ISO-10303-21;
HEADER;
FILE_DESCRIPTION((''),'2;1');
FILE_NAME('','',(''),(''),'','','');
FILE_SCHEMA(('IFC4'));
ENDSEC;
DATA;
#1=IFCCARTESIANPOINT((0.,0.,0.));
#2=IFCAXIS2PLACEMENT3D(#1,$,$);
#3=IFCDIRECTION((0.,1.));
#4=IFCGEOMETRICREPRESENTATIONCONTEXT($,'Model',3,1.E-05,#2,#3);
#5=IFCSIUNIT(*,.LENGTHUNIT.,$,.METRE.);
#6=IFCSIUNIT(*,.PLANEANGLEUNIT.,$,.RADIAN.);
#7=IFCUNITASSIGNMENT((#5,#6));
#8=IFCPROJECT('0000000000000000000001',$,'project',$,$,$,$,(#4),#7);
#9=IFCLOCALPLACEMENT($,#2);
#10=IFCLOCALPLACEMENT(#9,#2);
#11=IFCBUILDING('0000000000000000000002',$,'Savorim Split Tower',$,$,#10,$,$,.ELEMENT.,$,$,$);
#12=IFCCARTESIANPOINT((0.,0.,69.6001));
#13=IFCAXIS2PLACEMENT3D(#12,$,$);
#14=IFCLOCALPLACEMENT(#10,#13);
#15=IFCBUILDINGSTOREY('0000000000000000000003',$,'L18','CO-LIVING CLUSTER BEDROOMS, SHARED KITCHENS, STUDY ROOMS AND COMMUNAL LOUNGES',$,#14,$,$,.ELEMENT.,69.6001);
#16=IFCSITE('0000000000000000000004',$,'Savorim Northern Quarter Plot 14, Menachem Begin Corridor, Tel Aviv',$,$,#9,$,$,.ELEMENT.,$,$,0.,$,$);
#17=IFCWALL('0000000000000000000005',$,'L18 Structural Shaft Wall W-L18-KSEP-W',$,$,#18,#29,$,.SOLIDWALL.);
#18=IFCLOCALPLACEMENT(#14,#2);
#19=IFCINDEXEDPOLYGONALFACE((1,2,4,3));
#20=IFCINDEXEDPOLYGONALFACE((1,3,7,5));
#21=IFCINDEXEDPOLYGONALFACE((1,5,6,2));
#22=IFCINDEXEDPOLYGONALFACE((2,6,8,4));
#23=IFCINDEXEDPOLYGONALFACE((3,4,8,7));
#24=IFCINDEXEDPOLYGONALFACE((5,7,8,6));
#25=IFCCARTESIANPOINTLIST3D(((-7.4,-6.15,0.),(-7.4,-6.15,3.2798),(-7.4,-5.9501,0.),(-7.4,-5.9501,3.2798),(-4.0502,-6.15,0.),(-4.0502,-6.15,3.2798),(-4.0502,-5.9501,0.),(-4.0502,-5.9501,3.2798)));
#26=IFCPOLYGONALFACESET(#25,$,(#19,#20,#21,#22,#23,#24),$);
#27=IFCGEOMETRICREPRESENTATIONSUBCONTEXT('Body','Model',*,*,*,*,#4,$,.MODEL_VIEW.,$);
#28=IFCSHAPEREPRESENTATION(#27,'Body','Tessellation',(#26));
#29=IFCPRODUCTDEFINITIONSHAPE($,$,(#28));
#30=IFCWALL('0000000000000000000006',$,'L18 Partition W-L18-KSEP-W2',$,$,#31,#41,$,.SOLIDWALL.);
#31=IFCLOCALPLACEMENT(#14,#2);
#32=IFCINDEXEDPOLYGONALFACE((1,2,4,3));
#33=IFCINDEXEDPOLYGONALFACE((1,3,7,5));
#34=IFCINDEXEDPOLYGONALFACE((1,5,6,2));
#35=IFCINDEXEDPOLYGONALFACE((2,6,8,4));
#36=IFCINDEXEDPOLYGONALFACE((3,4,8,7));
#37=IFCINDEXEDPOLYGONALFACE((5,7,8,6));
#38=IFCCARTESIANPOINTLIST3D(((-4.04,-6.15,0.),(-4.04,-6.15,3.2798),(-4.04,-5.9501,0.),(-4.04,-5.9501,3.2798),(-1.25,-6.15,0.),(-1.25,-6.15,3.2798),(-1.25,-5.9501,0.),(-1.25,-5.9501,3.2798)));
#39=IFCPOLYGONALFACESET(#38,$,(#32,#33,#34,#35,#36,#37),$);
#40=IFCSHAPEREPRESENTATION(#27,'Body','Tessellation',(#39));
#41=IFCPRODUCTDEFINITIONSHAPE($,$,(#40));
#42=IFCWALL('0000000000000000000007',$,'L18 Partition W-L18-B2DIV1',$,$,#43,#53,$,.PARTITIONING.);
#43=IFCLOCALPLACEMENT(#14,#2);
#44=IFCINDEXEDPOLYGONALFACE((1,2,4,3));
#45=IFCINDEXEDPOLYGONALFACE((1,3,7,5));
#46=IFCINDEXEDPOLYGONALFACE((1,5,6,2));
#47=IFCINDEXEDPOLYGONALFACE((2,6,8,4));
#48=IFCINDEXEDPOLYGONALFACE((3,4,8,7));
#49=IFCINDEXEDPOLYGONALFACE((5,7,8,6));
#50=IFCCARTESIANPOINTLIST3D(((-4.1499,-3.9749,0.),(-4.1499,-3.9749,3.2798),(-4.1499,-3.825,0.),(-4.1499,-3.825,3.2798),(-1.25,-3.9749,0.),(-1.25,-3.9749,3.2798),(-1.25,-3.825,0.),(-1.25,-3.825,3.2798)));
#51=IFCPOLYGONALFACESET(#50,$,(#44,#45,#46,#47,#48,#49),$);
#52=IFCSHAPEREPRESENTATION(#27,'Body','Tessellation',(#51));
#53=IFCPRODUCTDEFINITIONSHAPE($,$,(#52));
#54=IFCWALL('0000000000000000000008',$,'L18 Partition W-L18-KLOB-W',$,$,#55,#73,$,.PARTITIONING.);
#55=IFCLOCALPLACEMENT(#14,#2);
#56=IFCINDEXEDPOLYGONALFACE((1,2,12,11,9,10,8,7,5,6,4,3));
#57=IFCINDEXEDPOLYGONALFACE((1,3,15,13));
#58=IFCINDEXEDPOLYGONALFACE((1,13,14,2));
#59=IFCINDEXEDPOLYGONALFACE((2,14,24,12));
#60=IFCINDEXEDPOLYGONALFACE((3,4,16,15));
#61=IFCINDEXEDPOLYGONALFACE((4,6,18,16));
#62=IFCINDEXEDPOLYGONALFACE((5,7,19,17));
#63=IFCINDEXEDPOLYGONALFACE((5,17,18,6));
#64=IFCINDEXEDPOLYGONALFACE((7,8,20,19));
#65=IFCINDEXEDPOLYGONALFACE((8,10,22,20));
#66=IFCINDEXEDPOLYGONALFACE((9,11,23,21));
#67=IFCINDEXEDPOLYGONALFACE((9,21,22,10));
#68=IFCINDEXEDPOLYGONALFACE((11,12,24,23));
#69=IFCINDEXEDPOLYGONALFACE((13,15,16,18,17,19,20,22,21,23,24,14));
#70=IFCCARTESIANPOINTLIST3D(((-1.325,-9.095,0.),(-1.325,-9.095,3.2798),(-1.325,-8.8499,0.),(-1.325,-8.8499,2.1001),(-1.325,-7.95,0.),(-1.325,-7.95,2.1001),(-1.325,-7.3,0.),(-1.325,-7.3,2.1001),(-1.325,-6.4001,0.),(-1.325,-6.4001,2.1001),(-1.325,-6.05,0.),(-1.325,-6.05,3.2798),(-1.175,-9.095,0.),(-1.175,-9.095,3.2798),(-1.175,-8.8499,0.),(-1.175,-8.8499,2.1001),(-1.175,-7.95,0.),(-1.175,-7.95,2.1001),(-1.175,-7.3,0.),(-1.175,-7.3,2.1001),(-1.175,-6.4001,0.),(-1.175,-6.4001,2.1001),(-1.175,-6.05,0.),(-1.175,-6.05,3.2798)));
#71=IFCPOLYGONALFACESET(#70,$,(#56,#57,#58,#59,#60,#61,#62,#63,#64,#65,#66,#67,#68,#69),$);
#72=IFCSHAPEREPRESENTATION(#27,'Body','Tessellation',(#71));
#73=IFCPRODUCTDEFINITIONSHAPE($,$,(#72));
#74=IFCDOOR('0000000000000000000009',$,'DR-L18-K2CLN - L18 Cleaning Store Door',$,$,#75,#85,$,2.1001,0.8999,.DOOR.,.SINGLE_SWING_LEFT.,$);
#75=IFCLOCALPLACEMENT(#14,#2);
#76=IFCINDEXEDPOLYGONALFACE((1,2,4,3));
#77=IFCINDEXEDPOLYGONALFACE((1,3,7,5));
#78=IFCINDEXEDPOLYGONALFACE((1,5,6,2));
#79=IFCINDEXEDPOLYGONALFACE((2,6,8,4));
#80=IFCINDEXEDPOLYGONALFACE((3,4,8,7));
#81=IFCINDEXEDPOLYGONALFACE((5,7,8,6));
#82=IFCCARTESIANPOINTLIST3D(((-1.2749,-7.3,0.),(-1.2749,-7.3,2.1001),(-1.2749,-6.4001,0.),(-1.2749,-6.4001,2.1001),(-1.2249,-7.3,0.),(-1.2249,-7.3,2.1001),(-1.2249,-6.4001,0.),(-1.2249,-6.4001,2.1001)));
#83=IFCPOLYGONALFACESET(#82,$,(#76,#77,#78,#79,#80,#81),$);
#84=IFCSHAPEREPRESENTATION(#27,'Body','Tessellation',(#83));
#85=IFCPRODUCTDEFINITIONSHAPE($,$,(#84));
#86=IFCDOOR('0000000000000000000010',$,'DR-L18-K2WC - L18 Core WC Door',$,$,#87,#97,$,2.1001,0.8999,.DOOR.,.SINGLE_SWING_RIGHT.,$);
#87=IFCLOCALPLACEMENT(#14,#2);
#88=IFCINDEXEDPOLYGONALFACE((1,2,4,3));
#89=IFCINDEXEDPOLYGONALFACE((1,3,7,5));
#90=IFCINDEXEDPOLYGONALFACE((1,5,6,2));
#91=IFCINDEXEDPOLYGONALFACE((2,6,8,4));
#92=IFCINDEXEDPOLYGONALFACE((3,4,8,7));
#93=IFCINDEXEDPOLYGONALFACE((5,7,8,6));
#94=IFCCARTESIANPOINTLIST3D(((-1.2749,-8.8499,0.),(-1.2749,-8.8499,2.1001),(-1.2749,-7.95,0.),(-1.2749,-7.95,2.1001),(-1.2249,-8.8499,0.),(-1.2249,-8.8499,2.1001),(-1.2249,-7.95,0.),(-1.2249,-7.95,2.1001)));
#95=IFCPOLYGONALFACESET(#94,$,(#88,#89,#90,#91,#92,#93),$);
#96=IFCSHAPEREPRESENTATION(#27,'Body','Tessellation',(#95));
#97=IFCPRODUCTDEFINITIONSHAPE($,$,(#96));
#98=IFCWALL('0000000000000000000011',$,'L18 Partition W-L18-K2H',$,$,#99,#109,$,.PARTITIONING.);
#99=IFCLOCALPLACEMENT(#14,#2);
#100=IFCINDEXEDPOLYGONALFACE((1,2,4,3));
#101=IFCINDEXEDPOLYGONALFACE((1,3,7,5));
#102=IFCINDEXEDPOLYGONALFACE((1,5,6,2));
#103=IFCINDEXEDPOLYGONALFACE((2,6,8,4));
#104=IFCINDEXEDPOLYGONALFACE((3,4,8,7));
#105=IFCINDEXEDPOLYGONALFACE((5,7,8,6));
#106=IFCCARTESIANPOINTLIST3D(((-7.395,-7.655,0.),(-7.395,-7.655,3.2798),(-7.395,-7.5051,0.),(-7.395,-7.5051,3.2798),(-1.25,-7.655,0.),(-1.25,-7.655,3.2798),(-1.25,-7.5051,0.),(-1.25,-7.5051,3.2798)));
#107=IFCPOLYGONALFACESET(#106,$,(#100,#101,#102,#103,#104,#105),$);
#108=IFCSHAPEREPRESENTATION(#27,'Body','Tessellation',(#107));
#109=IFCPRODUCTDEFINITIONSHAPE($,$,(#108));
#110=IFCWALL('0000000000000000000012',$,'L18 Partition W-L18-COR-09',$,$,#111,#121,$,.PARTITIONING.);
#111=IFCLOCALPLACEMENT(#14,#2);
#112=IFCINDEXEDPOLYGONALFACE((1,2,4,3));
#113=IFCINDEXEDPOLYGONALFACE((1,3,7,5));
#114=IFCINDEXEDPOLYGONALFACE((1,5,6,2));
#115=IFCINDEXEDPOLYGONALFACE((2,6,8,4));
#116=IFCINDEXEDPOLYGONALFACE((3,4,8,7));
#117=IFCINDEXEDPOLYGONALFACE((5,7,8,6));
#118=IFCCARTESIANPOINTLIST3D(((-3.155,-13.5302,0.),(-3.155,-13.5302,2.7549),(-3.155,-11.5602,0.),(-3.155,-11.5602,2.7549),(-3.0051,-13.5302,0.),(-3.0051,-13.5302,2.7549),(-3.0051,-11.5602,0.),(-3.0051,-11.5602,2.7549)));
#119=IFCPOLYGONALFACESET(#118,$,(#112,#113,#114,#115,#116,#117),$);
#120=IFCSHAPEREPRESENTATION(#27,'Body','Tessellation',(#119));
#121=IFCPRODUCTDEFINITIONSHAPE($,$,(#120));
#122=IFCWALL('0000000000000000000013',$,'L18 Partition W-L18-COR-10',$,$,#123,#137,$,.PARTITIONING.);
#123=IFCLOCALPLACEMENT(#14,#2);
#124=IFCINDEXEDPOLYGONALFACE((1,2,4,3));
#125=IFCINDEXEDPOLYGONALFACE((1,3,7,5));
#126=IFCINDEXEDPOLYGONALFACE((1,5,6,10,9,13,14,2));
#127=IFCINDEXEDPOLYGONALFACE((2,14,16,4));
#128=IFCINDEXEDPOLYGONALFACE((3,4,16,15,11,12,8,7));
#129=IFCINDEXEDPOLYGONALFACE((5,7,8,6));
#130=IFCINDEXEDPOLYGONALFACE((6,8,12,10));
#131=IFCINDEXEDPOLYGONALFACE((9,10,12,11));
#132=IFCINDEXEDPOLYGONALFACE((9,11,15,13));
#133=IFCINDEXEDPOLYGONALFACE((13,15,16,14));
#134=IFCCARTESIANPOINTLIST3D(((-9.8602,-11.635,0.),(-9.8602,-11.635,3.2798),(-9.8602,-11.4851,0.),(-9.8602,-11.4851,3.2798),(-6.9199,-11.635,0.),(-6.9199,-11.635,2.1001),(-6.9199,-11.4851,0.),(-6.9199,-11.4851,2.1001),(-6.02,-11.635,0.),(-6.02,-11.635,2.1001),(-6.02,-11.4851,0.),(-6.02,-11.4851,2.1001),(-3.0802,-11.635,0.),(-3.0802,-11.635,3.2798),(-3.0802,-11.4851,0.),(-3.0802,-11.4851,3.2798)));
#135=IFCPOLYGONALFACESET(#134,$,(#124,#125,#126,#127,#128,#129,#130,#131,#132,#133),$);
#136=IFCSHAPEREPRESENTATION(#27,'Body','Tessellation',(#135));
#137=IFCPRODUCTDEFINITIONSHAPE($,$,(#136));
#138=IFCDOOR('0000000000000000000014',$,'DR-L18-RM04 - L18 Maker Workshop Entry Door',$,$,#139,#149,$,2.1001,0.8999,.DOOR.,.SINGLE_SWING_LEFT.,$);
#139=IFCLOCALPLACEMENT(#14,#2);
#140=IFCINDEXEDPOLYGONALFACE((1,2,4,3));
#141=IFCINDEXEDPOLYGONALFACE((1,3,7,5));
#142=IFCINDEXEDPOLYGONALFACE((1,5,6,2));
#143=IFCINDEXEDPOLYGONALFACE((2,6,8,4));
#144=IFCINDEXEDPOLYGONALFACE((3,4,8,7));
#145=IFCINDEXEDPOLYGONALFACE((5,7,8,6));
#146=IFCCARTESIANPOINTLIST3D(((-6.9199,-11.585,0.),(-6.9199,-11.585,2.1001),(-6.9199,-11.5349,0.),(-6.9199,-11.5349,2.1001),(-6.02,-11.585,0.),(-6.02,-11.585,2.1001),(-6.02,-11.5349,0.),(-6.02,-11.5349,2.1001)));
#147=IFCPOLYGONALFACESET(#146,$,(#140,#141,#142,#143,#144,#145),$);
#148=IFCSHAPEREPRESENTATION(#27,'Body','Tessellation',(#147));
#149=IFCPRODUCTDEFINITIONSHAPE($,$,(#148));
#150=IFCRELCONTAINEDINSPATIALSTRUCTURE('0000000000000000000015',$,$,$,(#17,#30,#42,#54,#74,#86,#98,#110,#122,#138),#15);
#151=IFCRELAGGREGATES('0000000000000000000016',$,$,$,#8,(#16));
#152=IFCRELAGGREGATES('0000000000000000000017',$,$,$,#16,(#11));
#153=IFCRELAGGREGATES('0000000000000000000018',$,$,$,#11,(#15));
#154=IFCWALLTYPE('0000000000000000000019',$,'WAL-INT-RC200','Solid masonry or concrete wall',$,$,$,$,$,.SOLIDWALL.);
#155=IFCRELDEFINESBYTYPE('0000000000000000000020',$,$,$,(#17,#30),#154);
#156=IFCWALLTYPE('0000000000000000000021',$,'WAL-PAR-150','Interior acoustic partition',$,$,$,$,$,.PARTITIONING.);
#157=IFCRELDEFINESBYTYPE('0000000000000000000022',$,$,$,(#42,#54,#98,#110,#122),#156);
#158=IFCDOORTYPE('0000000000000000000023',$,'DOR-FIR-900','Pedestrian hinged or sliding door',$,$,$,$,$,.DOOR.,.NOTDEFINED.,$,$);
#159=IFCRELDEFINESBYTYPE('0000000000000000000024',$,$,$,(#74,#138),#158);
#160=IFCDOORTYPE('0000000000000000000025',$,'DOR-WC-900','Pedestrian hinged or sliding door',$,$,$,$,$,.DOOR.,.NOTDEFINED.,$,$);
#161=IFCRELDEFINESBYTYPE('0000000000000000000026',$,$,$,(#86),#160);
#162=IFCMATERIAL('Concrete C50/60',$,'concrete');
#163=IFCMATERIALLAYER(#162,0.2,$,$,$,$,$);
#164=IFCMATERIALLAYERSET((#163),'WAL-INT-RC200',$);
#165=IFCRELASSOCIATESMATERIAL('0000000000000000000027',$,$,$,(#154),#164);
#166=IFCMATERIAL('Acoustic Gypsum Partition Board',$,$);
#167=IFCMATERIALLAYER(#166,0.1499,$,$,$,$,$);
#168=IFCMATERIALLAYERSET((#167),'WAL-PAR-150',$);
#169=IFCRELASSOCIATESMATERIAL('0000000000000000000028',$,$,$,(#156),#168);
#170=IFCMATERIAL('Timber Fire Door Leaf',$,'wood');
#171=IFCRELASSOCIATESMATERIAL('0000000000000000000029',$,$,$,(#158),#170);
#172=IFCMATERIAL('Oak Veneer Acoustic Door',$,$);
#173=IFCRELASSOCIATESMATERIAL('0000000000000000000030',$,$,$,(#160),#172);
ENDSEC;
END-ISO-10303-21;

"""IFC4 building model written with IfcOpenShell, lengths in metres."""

from ifc_helpers import new_model, si_unit, direction, frame, frame_2d, origin, place, context, subcontext, project, spatial, rectangle, extrude, material, layer, layer_set, type_object, element, fill, save


model = new_model("IFC4")

# Units and contexts
model_context = context("Model", 3, precision=1e-05, world=origin(), true_north=direction((0.0, 1.0)))
body_context = subcontext(model_context, "Body", "Model", "MODEL_VIEW")
ifc_project = project(units=[si_unit("LENGTHUNIT", "METRE"), si_unit("PLANEANGLEUNIT", "RADIAN")], contexts=[model_context])

# Site, building, storey
site_placement = place(None, origin())
site = spatial("IfcSite", under=ifc_project, at=site_placement, Name="Savorim Northern Quarter Plot 14, Menachem Begin Corridor, Tel Aviv", CompositionType="ELEMENT", RefElevation=0.0)
building_placement = place(site_placement, origin())
building = spatial("IfcBuilding", under=site, at=building_placement, Name="Savorim Split Tower", CompositionType="ELEMENT")
storey_placement = place(building_placement, frame((0.0, 0.0, 69.6001)))
storey = spatial("IfcBuildingStorey", under=building, at=storey_placement, Name="L18", Description="CO-LIVING CLUSTER BEDROOMS, SHARED KITCHENS, STUDY ROOMS AND COMMUNAL LOUNGES", CompositionType="ELEMENT", Elevation=69.6001)

# Shared definitions
ifc_material_1 = material(Name="Timber Fire Door Leaf", Category="wood")

# Walls
ifc_material_2 = material(Name="Concrete C50/60", Category="concrete")
ifc_layer_1 = layer(ifc_material_2, 0.2)
ifc_layer_set_1 = layer_set([ifc_layer_1], Name="WAL-INT-RC200")
wall_type_1 = type_object("IfcWallType", Name="WAL-INT-RC200", Description="Solid masonry or concrete wall", PredefinedType="SOLIDWALL", material=ifc_layer_set_1)
wall_1_placement = place(storey_placement, frame((-7.3999, -6.05, 0.0), z_axis=(0.0, 0.0, 1.0), x_axis=(1.0, 0.0, 0.0)))
element("IfcWall", 1, at=wall_1_placement, inside=storey, type_object=wall_type_1, Name="L18 Structural Shaft Wall W-L18-KSEP-W", PredefinedType="SOLIDWALL", context=body_context, shape_type="SweptSolid", body=[
    extrude(rectangle(XDim=3.3499, YDim=0.2, at=frame_2d((1.6748, 0.0))), origin(), (0.0, 0.0, 1.0), 3.2798),
])
wall_2_placement = place(storey_placement, frame((-4.04, -6.05, 0.0), z_axis=(0.0, 0.0, 1.0), x_axis=(1.0, 0.0, 0.0)))
element("IfcWall", 2, at=wall_2_placement, inside=storey, type_object=wall_type_1, Name="L18 Partition W-L18-KSEP-W2", PredefinedType="SOLIDWALL", context=body_context, shape_type="SweptSolid", body=[
    extrude(rectangle(XDim=2.79, YDim=0.2, at=frame_2d((1.395, 0.0))), origin(), (0.0, 0.0, 1.0), 3.2798),
])
ifc_material_3 = material(Name="Acoustic Gypsum Partition Board")
ifc_layer_2 = layer(ifc_material_3, 0.1499)
ifc_layer_set_2 = layer_set([ifc_layer_2], Name="WAL-PAR-150")
wall_type_2 = type_object("IfcWallType", Name="WAL-PAR-150", Description="Interior acoustic partition", PredefinedType="PARTITIONING", material=ifc_layer_set_2)
wall_3_placement = place(storey_placement, frame((-4.1499, -3.8999, 0.0), z_axis=(0.0, 0.0, 1.0), x_axis=(1.0, 0.0, 0.0)))
element("IfcWall", 3, at=wall_3_placement, inside=storey, type_object=wall_type_2, Name="L18 Partition W-L18-B2DIV1", PredefinedType="PARTITIONING", context=body_context, shape_type="SweptSolid", body=[
    extrude(rectangle(XDim=2.8999, YDim=0.1499, at=frame_2d((1.45, 0.0))), origin(), (0.0, 0.0, 1.0), 3.2798),
])

# Wall, openings, doors
wall_4_placement = place(storey_placement, frame((-1.25, -9.095, 0.0), z_axis=(0.0, 0.0, 1.0), x_axis=(0.0, 1.0, 0.0)))
wall_4 = element("IfcWall", 4, at=wall_4_placement, inside=storey, type_object=wall_type_2, Name="L18 Partition W-L18-KLOB-W", PredefinedType="PARTITIONING", context=body_context, shape_type="SweptSolid", body=[
    extrude(rectangle(XDim=3.0449, YDim=0.1499, at=frame_2d((1.5225, 0.0))), origin(), (0.0, 0.0, 1.0), 3.2798),
])
opening_1_placement = place(wall_4_placement, frame((1.7949, 0.0, 0.0)))
opening_1 = element("IfcOpeningElement", 5, at=opening_1_placement, cuts=wall_4, PredefinedType="OPENING", context=body_context, shape_type="SweptSolid", body=[
    extrude(rectangle(XDim=0.8999, YDim=2.1001, at=frame_2d((0.45, 1.05))), frame((0.0, 0.085, 0.0), z_axis=(0.0, -1.0, 0.0), x_axis=(1.0, 0.0, 0.0)), (0.0, 0.0, 1.0), 0.1699),
])
opening_2_placement = place(wall_4_placement, frame((0.2451, 0.0, 0.0)))
opening_2 = element("IfcOpeningElement", 6, at=opening_2_placement, cuts=wall_4, PredefinedType="OPENING", context=body_context, shape_type="SweptSolid", body=[
    extrude(rectangle(XDim=0.8999, YDim=2.1001, at=frame_2d((0.45, 1.05))), frame((0.0, 0.085, 0.0), z_axis=(0.0, -1.0, 0.0), x_axis=(1.0, 0.0, 0.0)), (0.0, 0.0, 1.0), 0.1699),
])
door_type_1 = type_object("IfcDoorType", Name="DOR-FIR-900", Description="Pedestrian hinged or sliding door", OperationType="NOTDEFINED", PredefinedType="DOOR", material=ifc_material_1)
door_1_placement = place(opening_1_placement, origin())
door_1 = element("IfcDoor", 7, at=door_1_placement, inside=storey, type_object=door_type_1, Name="DR-L18-K2CLN - L18 Cleaning Store Door", OperationType="SINGLE_SWING_LEFT", OverallHeight=2.1001, OverallWidth=0.8999, PredefinedType="DOOR", context=body_context, shape_type="SweptSolid", body=[
    extrude(rectangle(XDim=0.8999, YDim=2.1001, at=frame_2d((0.45, 1.05))), frame((0.0, 0.0249, 0.0), z_axis=(0.0, -1.0, 0.0), x_axis=(1.0, 0.0, 0.0)), (0.0, 0.0, 1.0), 0.05),
])
fill(opening_1, door_1)
ifc_material_4 = material(Name="Oak Veneer Acoustic Door")
door_type_2 = type_object("IfcDoorType", Name="DOR-WC-900", Description="Pedestrian hinged or sliding door", OperationType="NOTDEFINED", PredefinedType="DOOR", material=ifc_material_4)
door_2_placement = place(opening_2_placement, origin())
door_2 = element("IfcDoor", 8, at=door_2_placement, inside=storey, type_object=door_type_2, Name="DR-L18-K2WC - L18 Core WC Door", OperationType="SINGLE_SWING_RIGHT", OverallHeight=2.1001, OverallWidth=0.8999, PredefinedType="DOOR", context=body_context, shape_type="SweptSolid", body=[
    extrude(rectangle(XDim=0.8999, YDim=2.1001, at=frame_2d((0.45, 1.05))), frame((0.0, 0.0249, 0.0), z_axis=(0.0, -1.0, 0.0), x_axis=(1.0, 0.0, 0.0)), (0.0, 0.0, 1.0), 0.05),
])
fill(opening_2, door_2)

# Walls
wall_5_placement = place(storey_placement, frame((-7.395, -7.5801, 0.0), z_axis=(0.0, 0.0, 1.0), x_axis=(1.0, 0.0, 0.0)))
element("IfcWall", 9, at=wall_5_placement, inside=storey, type_object=wall_type_2, Name="L18 Partition W-L18-K2H", PredefinedType="PARTITIONING", context=body_context, shape_type="SweptSolid", body=[
    extrude(rectangle(XDim=6.145, YDim=0.1499, at=frame_2d((3.0725, 0.0))), origin(), (0.0, 0.0, 1.0), 3.2798),
])
wall_6_placement = place(storey_placement, frame((-3.0801, -13.53, 0.0), z_axis=(0.0, 0.0, 1.0), x_axis=(0.0, 1.0, 0.0)))
element("IfcWall", 10, at=wall_6_placement, inside=storey, type_object=wall_type_2, Name="L18 Partition W-L18-COR-09", PredefinedType="PARTITIONING", context=body_context, shape_type="SweptSolid", body=[
    extrude(rectangle(XDim=1.97, YDim=0.1499, at=frame_2d((0.9849, 0.0))), origin(), (0.0, 0.0, 1.0), 2.7549),
])

# Wall, opening, door
wall_7_placement = place(storey_placement, frame((-3.0801, -11.5601, 0.0), z_axis=(0.0, 0.0, 1.0), x_axis=(-1.0, 0.0, 0.0)))
wall_7 = element("IfcWall", 11, at=wall_7_placement, inside=storey, type_object=wall_type_2, Name="L18 Partition W-L18-COR-10", PredefinedType="PARTITIONING", context=body_context, shape_type="SweptSolid", body=[
    extrude(rectangle(XDim=6.78, YDim=0.1499, at=frame_2d((3.3901, 0.0))), origin(), (0.0, 0.0, 1.0), 3.2798),
])
opening_3_placement = place(wall_7_placement, frame((2.9399, 0.0, 0.0)))
opening_3 = element("IfcOpeningElement", 12, at=opening_3_placement, cuts=wall_7, PredefinedType="OPENING", context=body_context, shape_type="SweptSolid", body=[
    extrude(rectangle(XDim=0.8999, YDim=2.1001, at=frame_2d((0.45, 1.05))), frame((0.0, 0.085, 0.0), z_axis=(0.0, -1.0, 0.0), x_axis=(1.0, 0.0, 0.0)), (0.0, 0.0, 1.0), 0.1699),
])
door_3_placement = place(opening_3_placement, origin())
door_3 = element("IfcDoor", 13, at=door_3_placement, inside=storey, type_object=door_type_1, Name="DR-L18-RM04 - L18 Maker Workshop Entry Door", OperationType="SINGLE_SWING_LEFT", OverallHeight=2.1001, OverallWidth=0.8999, PredefinedType="DOOR", context=body_context, shape_type="SweptSolid", body=[
    extrude(rectangle(XDim=0.8999, YDim=2.1001, at=frame_2d((0.45, 1.05))), frame((0.0, 0.0249, 0.0), z_axis=(0.0, -1.0, 0.0), x_axis=(1.0, 0.0, 0.0)), (0.0, 0.0, 1.0), 0.05),
])
fill(opening_3, door_3)

save(model, "model.ifc")
